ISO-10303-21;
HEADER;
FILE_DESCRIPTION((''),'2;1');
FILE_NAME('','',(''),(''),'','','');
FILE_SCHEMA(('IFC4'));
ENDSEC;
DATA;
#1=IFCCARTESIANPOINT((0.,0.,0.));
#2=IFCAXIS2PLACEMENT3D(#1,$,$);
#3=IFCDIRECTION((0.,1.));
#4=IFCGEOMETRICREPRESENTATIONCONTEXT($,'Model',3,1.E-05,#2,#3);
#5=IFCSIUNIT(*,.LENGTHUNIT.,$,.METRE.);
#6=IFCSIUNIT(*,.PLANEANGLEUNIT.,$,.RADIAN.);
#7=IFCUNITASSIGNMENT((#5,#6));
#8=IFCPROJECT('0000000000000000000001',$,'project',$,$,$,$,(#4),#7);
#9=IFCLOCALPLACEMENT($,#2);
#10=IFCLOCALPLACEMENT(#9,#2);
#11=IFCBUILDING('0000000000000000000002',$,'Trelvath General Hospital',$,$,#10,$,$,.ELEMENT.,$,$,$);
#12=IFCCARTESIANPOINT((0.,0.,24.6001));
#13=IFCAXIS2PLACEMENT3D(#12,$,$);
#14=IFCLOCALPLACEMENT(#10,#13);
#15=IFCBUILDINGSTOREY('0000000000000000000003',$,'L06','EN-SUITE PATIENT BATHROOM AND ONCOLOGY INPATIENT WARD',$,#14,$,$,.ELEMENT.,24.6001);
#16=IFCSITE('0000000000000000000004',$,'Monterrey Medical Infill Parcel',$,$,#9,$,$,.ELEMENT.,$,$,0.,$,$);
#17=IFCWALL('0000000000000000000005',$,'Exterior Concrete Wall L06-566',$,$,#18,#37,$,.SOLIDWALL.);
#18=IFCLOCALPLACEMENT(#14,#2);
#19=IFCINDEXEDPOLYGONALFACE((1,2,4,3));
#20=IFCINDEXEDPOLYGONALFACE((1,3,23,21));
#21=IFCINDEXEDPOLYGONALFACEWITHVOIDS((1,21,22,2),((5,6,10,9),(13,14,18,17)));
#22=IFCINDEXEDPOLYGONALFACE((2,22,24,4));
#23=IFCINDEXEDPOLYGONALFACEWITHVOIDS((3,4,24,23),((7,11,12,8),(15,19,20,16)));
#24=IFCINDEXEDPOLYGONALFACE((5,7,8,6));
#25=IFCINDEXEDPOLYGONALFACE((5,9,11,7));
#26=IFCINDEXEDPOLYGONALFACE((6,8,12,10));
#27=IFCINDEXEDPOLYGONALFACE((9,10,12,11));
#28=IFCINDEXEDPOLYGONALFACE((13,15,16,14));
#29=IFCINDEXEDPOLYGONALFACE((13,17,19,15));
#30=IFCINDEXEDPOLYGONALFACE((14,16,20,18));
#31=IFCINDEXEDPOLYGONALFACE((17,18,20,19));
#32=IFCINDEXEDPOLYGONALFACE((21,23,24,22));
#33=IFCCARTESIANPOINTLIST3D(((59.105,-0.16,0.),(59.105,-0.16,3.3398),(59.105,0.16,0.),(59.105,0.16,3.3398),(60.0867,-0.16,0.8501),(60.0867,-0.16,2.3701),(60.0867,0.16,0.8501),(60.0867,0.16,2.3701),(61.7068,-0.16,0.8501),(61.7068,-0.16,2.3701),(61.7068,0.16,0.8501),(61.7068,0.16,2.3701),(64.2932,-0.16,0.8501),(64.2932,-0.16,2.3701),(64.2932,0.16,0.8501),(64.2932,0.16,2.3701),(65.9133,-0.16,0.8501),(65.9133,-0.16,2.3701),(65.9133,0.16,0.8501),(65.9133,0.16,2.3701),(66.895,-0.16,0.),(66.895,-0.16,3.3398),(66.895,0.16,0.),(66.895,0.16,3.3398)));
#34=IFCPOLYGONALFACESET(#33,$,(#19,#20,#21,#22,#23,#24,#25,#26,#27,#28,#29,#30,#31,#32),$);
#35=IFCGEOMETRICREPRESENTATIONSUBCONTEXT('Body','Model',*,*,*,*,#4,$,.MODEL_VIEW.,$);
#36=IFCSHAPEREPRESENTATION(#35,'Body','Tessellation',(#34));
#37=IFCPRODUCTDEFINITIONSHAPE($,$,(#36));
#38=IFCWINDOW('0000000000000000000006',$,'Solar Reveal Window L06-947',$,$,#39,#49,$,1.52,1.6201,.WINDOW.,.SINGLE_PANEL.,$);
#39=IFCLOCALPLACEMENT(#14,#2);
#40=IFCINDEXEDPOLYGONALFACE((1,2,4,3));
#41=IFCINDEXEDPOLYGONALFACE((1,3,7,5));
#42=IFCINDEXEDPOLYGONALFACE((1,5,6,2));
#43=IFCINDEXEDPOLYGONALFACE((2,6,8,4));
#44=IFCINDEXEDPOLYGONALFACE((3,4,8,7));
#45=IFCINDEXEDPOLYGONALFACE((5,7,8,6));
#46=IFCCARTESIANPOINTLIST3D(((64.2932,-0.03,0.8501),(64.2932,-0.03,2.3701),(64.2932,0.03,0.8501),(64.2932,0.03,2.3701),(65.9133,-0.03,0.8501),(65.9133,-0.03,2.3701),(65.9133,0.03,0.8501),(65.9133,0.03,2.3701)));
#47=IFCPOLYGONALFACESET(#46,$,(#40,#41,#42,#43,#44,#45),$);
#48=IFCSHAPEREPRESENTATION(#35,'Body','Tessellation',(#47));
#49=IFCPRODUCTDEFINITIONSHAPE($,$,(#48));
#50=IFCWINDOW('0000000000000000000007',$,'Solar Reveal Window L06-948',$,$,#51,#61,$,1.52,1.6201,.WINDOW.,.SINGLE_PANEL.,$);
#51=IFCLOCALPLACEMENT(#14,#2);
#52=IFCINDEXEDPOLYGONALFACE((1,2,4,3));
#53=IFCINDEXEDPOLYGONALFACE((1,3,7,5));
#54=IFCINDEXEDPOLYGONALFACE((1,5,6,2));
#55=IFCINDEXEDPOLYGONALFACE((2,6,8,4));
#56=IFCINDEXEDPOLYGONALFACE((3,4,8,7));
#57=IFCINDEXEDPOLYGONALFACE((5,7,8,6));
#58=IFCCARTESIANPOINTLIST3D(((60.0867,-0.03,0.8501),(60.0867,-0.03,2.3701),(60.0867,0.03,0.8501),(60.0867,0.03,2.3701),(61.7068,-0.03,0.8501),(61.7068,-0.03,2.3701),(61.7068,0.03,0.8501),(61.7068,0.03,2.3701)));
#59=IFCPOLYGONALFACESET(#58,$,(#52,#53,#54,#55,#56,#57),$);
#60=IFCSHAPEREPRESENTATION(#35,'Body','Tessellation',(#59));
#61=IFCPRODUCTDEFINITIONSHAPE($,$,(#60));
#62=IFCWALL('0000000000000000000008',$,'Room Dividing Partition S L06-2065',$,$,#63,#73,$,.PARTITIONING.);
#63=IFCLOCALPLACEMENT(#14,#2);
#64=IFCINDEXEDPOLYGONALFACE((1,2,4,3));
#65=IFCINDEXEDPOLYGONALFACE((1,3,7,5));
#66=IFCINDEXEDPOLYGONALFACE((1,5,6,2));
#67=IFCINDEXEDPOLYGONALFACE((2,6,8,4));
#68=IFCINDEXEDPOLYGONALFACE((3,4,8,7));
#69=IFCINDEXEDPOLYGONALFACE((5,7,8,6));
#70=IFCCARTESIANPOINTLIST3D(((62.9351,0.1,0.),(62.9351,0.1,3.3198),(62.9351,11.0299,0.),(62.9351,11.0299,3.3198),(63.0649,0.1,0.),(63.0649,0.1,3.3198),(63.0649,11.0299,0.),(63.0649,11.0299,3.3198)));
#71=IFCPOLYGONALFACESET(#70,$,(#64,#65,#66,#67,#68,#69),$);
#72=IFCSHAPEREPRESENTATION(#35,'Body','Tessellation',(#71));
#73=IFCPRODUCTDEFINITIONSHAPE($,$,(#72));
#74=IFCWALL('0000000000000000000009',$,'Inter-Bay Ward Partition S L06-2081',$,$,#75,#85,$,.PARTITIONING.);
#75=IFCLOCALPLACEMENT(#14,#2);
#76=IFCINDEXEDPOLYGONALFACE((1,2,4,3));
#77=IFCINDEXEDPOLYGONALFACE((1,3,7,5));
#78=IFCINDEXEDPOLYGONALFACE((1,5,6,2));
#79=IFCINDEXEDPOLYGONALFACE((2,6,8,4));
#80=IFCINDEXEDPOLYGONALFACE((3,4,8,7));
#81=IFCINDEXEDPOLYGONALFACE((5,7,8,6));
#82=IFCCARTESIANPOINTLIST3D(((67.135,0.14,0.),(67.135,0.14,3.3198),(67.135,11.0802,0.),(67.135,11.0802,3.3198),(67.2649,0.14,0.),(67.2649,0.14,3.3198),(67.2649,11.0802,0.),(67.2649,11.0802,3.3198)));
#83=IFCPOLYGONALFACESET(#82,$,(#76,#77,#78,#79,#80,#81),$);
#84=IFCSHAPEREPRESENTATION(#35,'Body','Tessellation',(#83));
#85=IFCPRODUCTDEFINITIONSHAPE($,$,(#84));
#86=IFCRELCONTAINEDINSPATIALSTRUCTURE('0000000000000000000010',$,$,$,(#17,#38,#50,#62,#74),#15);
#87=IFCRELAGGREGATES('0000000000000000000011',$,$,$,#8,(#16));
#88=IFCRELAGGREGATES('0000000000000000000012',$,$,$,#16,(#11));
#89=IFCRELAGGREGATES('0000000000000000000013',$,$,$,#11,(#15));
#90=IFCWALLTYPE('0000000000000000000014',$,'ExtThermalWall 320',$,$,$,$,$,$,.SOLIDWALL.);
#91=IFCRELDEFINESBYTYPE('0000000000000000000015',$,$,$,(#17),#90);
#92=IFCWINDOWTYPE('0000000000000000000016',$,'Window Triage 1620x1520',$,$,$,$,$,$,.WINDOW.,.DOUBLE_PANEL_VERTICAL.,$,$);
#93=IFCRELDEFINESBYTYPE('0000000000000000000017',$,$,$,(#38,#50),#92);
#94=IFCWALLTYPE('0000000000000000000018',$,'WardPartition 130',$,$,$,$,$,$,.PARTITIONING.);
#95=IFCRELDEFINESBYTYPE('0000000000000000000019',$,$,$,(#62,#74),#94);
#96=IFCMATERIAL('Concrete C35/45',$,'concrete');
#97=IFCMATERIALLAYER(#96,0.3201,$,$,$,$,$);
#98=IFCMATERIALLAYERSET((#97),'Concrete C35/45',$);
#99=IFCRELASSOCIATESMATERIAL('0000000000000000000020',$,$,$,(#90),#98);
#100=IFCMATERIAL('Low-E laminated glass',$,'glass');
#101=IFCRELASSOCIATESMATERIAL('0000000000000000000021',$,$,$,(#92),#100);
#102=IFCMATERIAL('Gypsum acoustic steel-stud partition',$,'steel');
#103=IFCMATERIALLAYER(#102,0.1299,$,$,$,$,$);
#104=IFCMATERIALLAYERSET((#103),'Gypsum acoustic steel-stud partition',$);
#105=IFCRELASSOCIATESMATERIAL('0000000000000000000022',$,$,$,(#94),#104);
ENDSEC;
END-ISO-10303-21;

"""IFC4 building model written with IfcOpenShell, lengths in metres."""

from ifc_helpers import new_model, si_unit, direction, frame, frame_2d, origin, place, context, subcontext, project, spatial, rectangle, extrude, material, layer, layer_set, type_object, element, fill, save


model = new_model("IFC4")

# Units and contexts
model_context = context("Model", 3, precision=1e-05, world=origin(), true_north=direction((0.0, 1.0)))
body_context = subcontext(model_context, "Body", "Model", "MODEL_VIEW")
ifc_project = project(units=[si_unit("LENGTHUNIT", "METRE"), si_unit("PLANEANGLEUNIT", "RADIAN")], contexts=[model_context])

# Site, building, storey
site_placement = place(None, origin())
site = spatial("IfcSite", under=ifc_project, at=site_placement, Name="Monterrey Medical Infill Parcel", CompositionType="ELEMENT", RefElevation=0.0)
building_placement = place(site_placement, origin())
building = spatial("IfcBuilding", under=site, at=building_placement, Name="Trelvath General Hospital", CompositionType="ELEMENT")
storey_placement = place(building_placement, frame((0.0, 0.0, 24.6001)))
storey = spatial("IfcBuildingStorey", under=building, at=storey_placement, Name="L06", Description="EN-SUITE PATIENT BATHROOM AND ONCOLOGY INPATIENT WARD", CompositionType="ELEMENT", Elevation=24.6001)

# Wall, openings, windows
ifc_material_1 = material(Name="Concrete C35/45", Category="concrete")
ifc_layer_1 = layer(ifc_material_1, 0.3201)
ifc_layer_set_1 = layer_set([ifc_layer_1], Name="Concrete C35/45")
wall_type_1 = type_object("IfcWallType", Name="ExtThermalWall 320", PredefinedType="SOLIDWALL", material=ifc_layer_set_1)
wall_1_placement = place(storey_placement, frame((66.895, 0.0, 0.0), z_axis=(0.0, 0.0, 1.0), x_axis=(-1.0, 0.0, 0.0)))
wall_1 = element("IfcWall", 1, at=wall_1_placement, inside=storey, type_object=wall_type_1, Name="Exterior Concrete Wall L06-566", PredefinedType="SOLIDWALL", context=body_context, shape_type="SweptSolid", body=[
    extrude(rectangle(XDim=7.79, YDim=0.3201, at=frame_2d((3.895, 0.0))), origin(), (0.0, 0.0, 1.0), 3.3398),
])
opening_1_placement = place(wall_1_placement, frame((0.9817, 0.0, 0.8501)))
opening_1 = element("IfcOpeningElement", 2, at=opening_1_placement, cuts=wall_1, PredefinedType="OPENING", context=body_context, shape_type="SweptSolid", body=[
    extrude(rectangle(XDim=1.6201, YDim=1.52, at=frame_2d((0.8101, 0.76))), frame((0.0, 0.1699, 0.0), z_axis=(0.0, -1.0, 0.0), x_axis=(1.0, 0.0, 0.0)), (0.0, 0.0, 1.0), 0.3401),
])
opening_2_placement = place(wall_1_placement, frame((5.1882, 0.0, 0.8501)))
opening_2 = element("IfcOpeningElement", 3, at=opening_2_placement, cuts=wall_1, PredefinedType="OPENING", context=body_context, shape_type="SweptSolid", body=[
    extrude(rectangle(XDim=1.6201, YDim=1.52, at=frame_2d((0.8101, 0.76))), frame((0.0, 0.1699, 0.0), z_axis=(0.0, -1.0, 0.0), x_axis=(1.0, 0.0, 0.0)), (0.0, 0.0, 1.0), 0.3401),
])
ifc_material_2 = material(Name="Low-E laminated glass", Category="glass")
window_type = type_object("IfcWindowType", Name="Window Triage 1620x1520", PartitioningType="DOUBLE_PANEL_VERTICAL", PredefinedType="WINDOW", material=ifc_material_2)
window_1_placement = place(opening_1_placement, origin())
window_1 = element("IfcWindow", 4, at=window_1_placement, inside=storey, type_object=window_type, Name="Solar Reveal Window L06-947", OverallHeight=1.52, OverallWidth=1.6201, PartitioningType="SINGLE_PANEL", PredefinedType="WINDOW", context=body_context, shape_type="SweptSolid", body=[
    extrude(rectangle(XDim=1.6201, YDim=1.52, at=frame_2d((0.8101, 0.76))), frame((0.0, 0.03, 0.0), z_axis=(0.0, -1.0, 0.0), x_axis=(1.0, 0.0, 0.0)), (0.0, 0.0, 1.0), 0.0601),
])
fill(opening_1, window_1)
window_2_placement = place(opening_2_placement, origin())
window_2 = element("IfcWindow", 5, at=window_2_placement, inside=storey, type_object=window_type, Name="Solar Reveal Window L06-948", OverallHeight=1.52, OverallWidth=1.6201, PartitioningType="SINGLE_PANEL", PredefinedType="WINDOW", context=body_context, shape_type="SweptSolid", body=[
    extrude(rectangle(XDim=1.6201, YDim=1.52, at=frame_2d((0.8101, 0.76))), frame((0.0, 0.03, 0.0), z_axis=(0.0, -1.0, 0.0), x_axis=(1.0, 0.0, 0.0)), (0.0, 0.0, 1.0), 0.0601),
])
fill(opening_2, window_2)

# Walls
ifc_material_3 = material(Name="Gypsum acoustic steel-stud partition", Category="steel")
ifc_layer_2 = layer(ifc_material_3, 0.1299)
ifc_layer_set_2 = layer_set([ifc_layer_2], Name="Gypsum acoustic steel-stud partition")
wall_type_2 = type_object("IfcWallType", Name="WardPartition 130", PredefinedType="PARTITIONING", material=ifc_layer_set_2)
wall_2_placement = place(storey_placement, frame((63.0, 0.1001, 0.0), z_axis=(0.0, 0.0, 1.0), x_axis=(0.0, 1.0, 0.0)))
element("IfcWall", 6, at=wall_2_placement, inside=storey, type_object=wall_type_2, Name="Room Dividing Partition S L06-2065", PredefinedType="PARTITIONING", context=body_context, shape_type="SweptSolid", body=[
    extrude(rectangle(XDim=10.9299, YDim=0.1299, at=frame_2d((5.4648, 0.0))), origin(), (0.0, 0.0, 1.0), 3.3198),
])
wall_3_placement = place(storey_placement, frame((67.2, 0.1399, 0.0), z_axis=(0.0, 0.0, 1.0), x_axis=(0.0, 1.0, 0.0)))
element("IfcWall", 7, at=wall_3_placement, inside=storey, type_object=wall_type_2, Name="Inter-Bay Ward Partition S L06-2081", PredefinedType="PARTITIONING", context=body_context, shape_type="SweptSolid", body=[
    extrude(rectangle(XDim=10.9402, YDim=0.1299, at=frame_2d((5.4702, 0.0))), origin(), (0.0, 0.0, 1.0), 3.3198),
])

save(model, "model.ifc")
